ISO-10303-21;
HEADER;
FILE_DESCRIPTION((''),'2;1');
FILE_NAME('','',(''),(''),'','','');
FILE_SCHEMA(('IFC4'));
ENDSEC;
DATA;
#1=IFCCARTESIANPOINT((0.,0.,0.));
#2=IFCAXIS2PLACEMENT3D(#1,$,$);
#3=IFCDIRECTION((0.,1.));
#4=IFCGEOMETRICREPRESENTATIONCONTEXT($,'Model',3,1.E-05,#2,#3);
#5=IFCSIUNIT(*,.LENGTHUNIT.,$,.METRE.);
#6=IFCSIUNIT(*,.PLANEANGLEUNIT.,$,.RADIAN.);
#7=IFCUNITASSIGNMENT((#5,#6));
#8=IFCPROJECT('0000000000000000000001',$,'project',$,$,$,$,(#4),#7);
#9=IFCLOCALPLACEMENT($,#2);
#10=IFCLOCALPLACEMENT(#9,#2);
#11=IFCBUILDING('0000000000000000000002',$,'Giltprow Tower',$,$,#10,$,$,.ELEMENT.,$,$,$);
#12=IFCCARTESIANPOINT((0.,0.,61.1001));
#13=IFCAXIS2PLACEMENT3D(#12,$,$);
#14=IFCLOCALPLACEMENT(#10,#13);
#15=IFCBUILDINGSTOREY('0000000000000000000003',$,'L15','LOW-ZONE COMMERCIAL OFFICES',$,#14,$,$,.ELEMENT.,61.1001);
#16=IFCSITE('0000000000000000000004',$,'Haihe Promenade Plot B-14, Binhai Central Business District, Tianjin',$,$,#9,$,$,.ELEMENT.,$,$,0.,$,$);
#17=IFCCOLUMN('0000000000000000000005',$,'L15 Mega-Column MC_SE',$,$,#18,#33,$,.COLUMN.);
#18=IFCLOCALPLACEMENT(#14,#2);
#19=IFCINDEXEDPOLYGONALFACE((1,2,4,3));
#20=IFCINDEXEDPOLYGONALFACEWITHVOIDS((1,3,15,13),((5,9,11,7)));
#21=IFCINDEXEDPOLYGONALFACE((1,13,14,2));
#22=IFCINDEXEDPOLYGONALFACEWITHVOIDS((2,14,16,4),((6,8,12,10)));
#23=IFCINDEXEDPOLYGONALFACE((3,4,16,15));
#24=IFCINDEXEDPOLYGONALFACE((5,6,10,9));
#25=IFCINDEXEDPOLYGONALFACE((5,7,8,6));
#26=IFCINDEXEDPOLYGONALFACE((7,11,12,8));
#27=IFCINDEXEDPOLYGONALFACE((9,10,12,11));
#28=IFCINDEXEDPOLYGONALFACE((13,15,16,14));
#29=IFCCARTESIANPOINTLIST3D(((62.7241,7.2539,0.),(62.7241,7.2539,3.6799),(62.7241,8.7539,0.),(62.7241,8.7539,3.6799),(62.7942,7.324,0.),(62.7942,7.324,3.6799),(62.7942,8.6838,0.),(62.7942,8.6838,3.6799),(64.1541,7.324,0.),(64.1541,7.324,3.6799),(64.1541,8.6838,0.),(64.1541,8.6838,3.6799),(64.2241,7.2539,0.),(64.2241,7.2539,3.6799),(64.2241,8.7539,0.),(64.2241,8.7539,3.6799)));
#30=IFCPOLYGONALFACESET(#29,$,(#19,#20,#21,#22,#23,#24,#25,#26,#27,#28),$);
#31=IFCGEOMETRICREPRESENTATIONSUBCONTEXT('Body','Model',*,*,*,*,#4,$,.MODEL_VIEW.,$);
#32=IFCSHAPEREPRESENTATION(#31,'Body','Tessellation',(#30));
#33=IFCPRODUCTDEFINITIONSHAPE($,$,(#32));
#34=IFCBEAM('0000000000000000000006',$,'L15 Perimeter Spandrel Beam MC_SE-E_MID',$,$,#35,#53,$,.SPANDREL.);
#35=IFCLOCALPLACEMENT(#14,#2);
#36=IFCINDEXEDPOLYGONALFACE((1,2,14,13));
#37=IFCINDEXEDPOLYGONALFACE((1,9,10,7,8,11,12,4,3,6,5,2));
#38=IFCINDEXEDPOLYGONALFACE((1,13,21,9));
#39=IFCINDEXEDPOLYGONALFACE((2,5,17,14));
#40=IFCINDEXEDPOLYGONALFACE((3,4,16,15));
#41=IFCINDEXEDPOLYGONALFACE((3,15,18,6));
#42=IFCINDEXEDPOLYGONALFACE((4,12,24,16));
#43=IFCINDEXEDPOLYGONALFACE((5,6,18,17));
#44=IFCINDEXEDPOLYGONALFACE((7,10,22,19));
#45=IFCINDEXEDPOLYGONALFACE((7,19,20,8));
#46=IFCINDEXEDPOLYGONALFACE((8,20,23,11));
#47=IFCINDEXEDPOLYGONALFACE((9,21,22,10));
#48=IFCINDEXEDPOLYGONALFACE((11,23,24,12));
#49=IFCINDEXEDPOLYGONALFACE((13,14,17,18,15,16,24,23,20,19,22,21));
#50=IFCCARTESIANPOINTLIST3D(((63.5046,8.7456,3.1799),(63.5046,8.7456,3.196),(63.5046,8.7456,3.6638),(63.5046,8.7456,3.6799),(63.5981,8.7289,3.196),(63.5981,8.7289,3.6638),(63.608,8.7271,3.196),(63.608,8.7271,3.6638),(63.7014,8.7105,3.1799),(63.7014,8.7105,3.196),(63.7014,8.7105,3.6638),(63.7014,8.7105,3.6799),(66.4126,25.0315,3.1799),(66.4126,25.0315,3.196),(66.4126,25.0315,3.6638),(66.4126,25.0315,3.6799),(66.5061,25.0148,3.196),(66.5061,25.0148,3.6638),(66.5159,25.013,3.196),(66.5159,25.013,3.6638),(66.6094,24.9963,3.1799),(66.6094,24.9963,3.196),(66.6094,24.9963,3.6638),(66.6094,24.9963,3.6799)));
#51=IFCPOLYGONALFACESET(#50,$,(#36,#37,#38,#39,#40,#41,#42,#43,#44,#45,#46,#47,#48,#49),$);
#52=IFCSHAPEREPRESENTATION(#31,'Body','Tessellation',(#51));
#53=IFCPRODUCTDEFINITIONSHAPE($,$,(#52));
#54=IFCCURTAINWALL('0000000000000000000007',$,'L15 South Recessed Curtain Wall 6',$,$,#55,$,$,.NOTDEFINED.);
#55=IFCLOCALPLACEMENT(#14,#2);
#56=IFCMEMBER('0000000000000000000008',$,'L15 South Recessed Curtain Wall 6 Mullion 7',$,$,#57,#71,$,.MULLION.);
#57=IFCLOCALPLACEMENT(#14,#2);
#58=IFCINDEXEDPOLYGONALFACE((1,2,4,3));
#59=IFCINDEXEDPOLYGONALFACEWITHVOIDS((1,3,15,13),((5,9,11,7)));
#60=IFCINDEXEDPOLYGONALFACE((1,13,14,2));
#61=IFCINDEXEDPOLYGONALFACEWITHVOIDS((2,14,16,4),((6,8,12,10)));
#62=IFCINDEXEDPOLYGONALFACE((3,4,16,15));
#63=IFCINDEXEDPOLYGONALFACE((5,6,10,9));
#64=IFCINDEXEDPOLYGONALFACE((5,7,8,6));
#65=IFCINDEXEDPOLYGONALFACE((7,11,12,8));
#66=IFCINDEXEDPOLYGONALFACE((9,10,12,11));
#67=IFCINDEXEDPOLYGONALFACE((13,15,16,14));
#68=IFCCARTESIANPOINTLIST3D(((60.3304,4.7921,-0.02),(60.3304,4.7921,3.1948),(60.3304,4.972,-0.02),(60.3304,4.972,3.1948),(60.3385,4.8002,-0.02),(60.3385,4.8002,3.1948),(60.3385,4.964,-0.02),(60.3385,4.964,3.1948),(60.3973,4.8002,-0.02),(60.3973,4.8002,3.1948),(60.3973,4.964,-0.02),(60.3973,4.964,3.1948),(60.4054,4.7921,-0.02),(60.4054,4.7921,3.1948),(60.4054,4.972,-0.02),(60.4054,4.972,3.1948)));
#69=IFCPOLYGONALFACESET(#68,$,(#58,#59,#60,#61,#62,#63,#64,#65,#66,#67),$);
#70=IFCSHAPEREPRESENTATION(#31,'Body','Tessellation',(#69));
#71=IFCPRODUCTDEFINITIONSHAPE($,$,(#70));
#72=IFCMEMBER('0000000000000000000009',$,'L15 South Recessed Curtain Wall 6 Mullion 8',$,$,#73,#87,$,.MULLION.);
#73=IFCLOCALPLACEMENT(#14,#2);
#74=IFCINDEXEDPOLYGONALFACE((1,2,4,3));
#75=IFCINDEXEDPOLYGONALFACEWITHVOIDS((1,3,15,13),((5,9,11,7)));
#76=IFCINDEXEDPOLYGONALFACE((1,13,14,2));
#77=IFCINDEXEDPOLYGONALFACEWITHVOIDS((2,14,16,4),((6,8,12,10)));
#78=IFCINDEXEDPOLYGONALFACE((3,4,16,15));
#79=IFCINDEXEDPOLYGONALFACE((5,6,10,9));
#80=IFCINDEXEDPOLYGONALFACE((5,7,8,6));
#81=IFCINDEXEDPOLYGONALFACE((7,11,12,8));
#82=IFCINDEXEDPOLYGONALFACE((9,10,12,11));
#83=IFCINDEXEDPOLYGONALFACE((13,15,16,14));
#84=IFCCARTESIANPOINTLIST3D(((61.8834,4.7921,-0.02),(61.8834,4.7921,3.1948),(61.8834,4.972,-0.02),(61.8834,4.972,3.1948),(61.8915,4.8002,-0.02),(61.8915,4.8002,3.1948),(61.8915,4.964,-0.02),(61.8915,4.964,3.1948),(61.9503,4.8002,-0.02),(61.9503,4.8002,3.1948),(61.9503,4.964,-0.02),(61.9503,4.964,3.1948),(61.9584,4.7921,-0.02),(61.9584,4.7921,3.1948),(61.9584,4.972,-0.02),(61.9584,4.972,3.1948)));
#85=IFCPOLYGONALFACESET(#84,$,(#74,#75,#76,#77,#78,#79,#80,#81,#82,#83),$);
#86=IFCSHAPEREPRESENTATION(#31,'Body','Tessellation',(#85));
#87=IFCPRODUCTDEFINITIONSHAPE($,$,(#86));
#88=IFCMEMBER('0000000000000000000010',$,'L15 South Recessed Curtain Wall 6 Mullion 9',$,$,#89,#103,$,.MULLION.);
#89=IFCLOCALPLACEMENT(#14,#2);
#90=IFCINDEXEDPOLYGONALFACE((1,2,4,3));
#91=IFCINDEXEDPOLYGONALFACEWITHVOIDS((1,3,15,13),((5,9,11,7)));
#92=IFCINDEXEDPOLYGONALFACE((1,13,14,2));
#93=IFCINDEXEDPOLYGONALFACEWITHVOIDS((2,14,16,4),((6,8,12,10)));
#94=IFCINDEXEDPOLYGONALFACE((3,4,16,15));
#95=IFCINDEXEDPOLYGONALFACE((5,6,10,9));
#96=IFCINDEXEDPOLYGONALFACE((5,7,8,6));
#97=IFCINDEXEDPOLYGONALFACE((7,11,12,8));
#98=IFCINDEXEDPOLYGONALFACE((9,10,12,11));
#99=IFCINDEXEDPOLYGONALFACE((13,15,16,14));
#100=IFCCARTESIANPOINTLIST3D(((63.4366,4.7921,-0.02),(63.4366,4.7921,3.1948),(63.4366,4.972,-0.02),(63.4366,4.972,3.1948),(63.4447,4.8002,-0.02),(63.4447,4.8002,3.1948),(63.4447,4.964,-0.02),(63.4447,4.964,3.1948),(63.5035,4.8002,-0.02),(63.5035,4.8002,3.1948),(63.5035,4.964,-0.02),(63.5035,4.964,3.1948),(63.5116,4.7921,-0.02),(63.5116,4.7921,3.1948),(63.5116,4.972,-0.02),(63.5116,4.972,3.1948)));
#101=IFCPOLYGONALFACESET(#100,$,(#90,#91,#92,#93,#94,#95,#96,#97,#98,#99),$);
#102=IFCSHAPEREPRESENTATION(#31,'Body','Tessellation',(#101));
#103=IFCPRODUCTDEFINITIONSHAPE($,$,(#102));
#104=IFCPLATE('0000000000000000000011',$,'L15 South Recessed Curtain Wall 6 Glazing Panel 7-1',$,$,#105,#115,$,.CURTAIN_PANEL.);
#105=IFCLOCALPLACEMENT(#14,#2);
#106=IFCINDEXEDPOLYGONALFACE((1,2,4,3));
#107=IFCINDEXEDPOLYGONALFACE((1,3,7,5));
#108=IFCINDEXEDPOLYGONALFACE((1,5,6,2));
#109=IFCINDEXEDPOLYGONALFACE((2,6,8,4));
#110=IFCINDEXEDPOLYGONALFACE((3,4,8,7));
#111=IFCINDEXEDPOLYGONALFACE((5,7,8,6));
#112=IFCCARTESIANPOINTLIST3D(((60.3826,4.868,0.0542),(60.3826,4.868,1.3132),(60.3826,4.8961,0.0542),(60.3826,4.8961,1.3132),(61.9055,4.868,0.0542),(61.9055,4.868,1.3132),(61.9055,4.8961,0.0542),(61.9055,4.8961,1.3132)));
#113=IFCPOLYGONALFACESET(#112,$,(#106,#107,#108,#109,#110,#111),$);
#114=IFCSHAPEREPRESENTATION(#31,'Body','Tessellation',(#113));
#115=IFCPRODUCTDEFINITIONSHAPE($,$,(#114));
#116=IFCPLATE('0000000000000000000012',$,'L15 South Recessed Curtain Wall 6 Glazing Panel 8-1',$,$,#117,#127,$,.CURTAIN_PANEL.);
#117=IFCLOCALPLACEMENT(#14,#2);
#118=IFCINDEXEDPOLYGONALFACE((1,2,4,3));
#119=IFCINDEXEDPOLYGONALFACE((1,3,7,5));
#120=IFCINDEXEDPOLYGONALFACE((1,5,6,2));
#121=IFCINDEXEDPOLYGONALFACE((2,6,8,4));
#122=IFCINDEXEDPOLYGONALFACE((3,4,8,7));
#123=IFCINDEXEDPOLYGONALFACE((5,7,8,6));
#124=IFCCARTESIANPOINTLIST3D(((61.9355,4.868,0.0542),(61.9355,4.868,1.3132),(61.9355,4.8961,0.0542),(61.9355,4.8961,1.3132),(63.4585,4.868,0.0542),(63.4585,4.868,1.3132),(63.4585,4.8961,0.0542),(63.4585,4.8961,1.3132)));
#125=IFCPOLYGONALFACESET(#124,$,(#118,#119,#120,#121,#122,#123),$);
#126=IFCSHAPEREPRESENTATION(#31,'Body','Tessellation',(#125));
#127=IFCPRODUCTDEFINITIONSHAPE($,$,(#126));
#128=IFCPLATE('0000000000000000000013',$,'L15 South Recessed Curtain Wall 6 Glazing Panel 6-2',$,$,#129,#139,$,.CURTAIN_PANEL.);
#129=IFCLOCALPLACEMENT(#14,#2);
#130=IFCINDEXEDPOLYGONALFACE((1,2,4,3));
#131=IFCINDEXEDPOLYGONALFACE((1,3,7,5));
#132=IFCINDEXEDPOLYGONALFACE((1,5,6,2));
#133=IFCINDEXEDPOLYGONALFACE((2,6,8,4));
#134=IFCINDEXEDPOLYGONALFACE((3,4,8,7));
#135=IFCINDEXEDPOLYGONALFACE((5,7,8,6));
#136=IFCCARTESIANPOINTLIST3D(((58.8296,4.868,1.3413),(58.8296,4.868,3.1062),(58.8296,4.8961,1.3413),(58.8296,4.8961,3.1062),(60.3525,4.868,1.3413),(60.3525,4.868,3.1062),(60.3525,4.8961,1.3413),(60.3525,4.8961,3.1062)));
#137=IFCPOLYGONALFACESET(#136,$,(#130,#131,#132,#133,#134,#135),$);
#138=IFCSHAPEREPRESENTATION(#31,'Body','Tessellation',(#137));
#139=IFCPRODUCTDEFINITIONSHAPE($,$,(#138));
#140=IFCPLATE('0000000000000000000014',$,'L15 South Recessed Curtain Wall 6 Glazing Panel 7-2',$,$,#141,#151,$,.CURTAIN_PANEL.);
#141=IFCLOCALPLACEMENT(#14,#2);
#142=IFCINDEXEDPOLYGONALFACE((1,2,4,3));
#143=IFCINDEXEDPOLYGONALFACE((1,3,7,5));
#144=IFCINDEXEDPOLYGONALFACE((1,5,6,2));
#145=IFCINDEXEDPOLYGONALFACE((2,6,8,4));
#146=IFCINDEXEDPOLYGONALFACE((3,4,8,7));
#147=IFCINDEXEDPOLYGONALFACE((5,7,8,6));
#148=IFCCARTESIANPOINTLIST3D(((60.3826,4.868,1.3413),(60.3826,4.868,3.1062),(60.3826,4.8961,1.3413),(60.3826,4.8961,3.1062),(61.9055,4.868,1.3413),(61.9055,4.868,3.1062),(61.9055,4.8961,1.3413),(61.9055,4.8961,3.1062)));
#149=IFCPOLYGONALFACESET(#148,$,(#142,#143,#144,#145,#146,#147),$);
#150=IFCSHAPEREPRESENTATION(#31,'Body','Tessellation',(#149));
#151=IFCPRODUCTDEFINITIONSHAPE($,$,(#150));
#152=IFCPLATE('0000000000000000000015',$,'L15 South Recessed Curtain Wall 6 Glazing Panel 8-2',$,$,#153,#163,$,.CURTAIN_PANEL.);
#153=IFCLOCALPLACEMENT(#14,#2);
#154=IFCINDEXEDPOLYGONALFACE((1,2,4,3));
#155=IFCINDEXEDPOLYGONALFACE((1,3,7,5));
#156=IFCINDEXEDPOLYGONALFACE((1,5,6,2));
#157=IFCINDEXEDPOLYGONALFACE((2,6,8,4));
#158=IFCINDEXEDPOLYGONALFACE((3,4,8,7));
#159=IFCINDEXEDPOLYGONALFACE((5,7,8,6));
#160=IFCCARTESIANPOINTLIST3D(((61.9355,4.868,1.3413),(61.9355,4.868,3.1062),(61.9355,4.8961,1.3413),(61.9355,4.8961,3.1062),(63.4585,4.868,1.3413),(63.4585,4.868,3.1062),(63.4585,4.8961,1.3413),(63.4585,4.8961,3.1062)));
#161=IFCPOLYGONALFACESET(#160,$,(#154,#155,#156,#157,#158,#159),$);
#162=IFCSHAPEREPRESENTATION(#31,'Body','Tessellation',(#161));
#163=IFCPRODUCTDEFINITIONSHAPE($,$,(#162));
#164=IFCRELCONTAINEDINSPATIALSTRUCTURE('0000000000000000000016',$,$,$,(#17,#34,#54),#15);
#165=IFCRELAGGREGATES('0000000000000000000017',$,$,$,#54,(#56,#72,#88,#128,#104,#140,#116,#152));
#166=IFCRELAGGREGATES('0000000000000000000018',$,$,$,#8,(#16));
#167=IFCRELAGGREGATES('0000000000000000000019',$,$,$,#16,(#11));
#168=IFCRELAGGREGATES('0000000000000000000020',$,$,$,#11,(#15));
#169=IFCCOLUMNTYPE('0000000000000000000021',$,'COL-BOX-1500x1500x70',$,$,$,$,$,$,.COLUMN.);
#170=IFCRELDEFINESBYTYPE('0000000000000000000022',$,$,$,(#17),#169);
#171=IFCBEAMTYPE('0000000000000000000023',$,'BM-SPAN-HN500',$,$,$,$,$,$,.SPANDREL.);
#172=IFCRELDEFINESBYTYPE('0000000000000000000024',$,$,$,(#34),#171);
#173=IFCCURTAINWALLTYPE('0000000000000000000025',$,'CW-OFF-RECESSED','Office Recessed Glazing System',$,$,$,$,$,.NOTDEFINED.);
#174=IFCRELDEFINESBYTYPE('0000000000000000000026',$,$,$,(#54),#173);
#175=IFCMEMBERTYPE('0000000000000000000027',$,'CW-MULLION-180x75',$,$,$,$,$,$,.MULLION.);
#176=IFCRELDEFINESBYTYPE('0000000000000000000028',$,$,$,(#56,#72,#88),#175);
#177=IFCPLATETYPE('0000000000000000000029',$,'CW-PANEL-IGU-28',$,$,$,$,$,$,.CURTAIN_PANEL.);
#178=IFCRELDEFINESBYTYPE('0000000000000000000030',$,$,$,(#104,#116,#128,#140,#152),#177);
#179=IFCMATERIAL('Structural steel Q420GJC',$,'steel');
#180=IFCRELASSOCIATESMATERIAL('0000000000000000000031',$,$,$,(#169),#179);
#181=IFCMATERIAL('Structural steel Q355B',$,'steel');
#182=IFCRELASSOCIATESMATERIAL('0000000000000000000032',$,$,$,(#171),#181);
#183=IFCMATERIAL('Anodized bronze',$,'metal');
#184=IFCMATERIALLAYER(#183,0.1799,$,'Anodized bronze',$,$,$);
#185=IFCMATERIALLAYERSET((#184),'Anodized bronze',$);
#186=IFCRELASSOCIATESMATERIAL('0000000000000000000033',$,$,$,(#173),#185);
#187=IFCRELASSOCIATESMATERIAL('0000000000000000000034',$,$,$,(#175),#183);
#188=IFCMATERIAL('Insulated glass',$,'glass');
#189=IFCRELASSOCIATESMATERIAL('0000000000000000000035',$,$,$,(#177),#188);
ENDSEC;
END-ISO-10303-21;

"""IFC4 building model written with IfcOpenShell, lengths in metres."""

from ifc_helpers import new_model, si_unit, direction, frame, origin, origin_2d, place, context, subcontext, project, spatial, rectangle, hollow_rectangle, i_section, extrude, source, transform, mapped, material, layer, layer_set, material_profile, profile_set, type_object, element, aggregate, save


model = new_model("IFC4")

# Units and contexts
model_context = context("Model", 3, precision=1e-05, world=origin(), true_north=direction((0.0, 1.0)))
body_context = subcontext(model_context, "Body", "Model", "MODEL_VIEW")
ifc_project = project(units=[si_unit("LENGTHUNIT", "METRE"), si_unit("PLANEANGLEUNIT", "RADIAN")], contexts=[model_context])

# Site, building, storey
site_placement = place(None, origin())
site = spatial("IfcSite", under=ifc_project, at=site_placement, Name="Haihe Promenade Plot B-14, Binhai Central Business District, Tianjin", CompositionType="ELEMENT", RefElevation=0.0)
building_placement = place(site_placement, origin())
building = spatial("IfcBuilding", under=site, at=building_placement, Name="Giltprow Tower", CompositionType="ELEMENT")
storey_placement = place(building_placement, frame((0.0, 0.0, 61.1001)))
storey = spatial("IfcBuildingStorey", under=building, at=storey_placement, Name="L15", Description="LOW-ZONE COMMERCIAL OFFICES", CompositionType="ELEMENT", Elevation=61.1001)

# Column
ifc_material_1 = material(Name="Structural steel Q420GJC", Category="steel")
ifc_material_profile_1 = material_profile(ifc_material_1, hollow_rectangle(XDim=1.5, YDim=1.5, WallThickness=0.0701, at=origin_2d()), Name="BOX 1500x1500x70")
ifc_profile_set_1 = profile_set([ifc_material_profile_1], Name="Structural steel Q420GJC")
column_type = type_object("IfcColumnType", Name="COL-BOX-1500x1500x70", PredefinedType="COLUMN", material=ifc_profile_set_1)
shared_shape_1 = source(origin(), body_context, "Body", "SweptSolid", [
    extrude(hollow_rectangle(XDim=1.5, YDim=1.5, WallThickness=0.0701, at=origin_2d()), origin(), (0.0, 0.0, 1.0), 3.6799),
])
column_placement = place(storey_placement, frame((63.4741, 8.0039, 0.0), z_axis=(0.0, 0.0, 1.0), x_axis=(1.0, 0.0, 0.0)))
element("IfcColumn", 1, at=column_placement, inside=storey, type_object=column_type, Name="L15 Mega-Column MC_SE", PredefinedType="COLUMN", context=body_context, shape_type="MappedRepresentation", body=[
    mapped(shared_shape_1, transform((0.0, 0.0, 0.0), x_axis=(1.0, 0.0, 0.0), y_axis=(0.0, 1.0, 0.0), z_axis=(0.0, 0.0, 1.0), scale=1.0)),
])

# Beam
ifc_material_2 = material(Name="Structural steel Q355B", Category="steel")
ifc_material_profile_2 = material_profile(ifc_material_2, i_section(OverallWidth=0.2, OverallDepth=0.5, WebThickness=0.01, FlangeThickness=0.0161, at=origin_2d()), Name="HN 500x200x10x16")
ifc_profile_set_2 = profile_set([ifc_material_profile_2], Name="Structural steel Q355B")
beam_type = type_object("IfcBeamType", Name="BM-SPAN-HN500", PredefinedType="SPANDREL", material=ifc_profile_set_2)
shared_shape_2 = source(origin(), body_context, "Body", "SweptSolid", [
    extrude(i_section(OverallWidth=0.2, OverallDepth=0.5, WebThickness=0.01, FlangeThickness=0.0161, at=origin_2d()), origin(), (0.0, 0.0, 1.0), 16.5435),
])
beam_placement = place(storey_placement, frame((63.603, 8.728, 3.4299), z_axis=(0.175777, 0.98443, 0.0), x_axis=(-0.98443, 0.175777, 0.0)))
element("IfcBeam", 2, at=beam_placement, inside=storey, type_object=beam_type, Name="L15 Perimeter Spandrel Beam MC_SE-E_MID", PredefinedType="SPANDREL", context=body_context, shape_type="MappedRepresentation", body=[
    mapped(shared_shape_2, transform((0.0, 0.0, 0.0), x_axis=(1.0, 0.0, 0.0), y_axis=(0.0, 1.0, 0.0), z_axis=(0.0, 0.0, 1.0), scale=1.0)),
])

# Curtain wall, members, plates
ifc_material_3 = material(Name="Anodized bronze", Category="metal")
ifc_layer_1 = layer(ifc_material_3, 0.1799, Name="Anodized bronze")
ifc_layer_set_1 = layer_set([ifc_layer_1], Name="Anodized bronze")
curtain_wall_type = type_object("IfcCurtainWallType", Name="CW-OFF-RECESSED", Description="Office Recessed Glazing System", PredefinedType="NOTDEFINED", material=ifc_layer_set_1)
curtain_wall_placement = place(storey_placement, origin())
curtain_wall = element("IfcCurtainWall", 3, at=curtain_wall_placement, inside=storey, type_object=curtain_wall_type, Name="L15 South Recessed Curtain Wall 6", PredefinedType="NOTDEFINED")
ifc_material_profile_3 = material_profile(ifc_material_3, hollow_rectangle(XDim=0.075, YDim=0.1799, WallThickness=0.0081, at=origin_2d()), Name="RHS 180x75x8")
ifc_profile_set_3 = profile_set([ifc_material_profile_3], Name="Anodized bronze")
member_type = type_object("IfcMemberType", Name="CW-MULLION-180x75", PredefinedType="MULLION", material=ifc_profile_set_3)
shared_shape_3 = source(origin(), body_context, "Body", "SweptSolid", [
    extrude(hollow_rectangle(XDim=0.075, YDim=0.1799, WallThickness=0.0081, at=origin_2d()), origin(), (0.0, 0.0, 1.0), 3.2148),
])
member_1_placement = place(storey_placement, frame((60.3679, 4.8821, -0.02), z_axis=(0.0, 0.0, 1.0), x_axis=(1.0, 0.0, 0.0)))
member_1 = element("IfcMember", 4, at=member_1_placement, type_object=member_type, Name="L15 South Recessed Curtain Wall 6 Mullion 7", PredefinedType="MULLION", context=body_context, shape_type="MappedRepresentation", body=[
    mapped(shared_shape_3, transform((0.0, 0.0, 0.0), x_axis=(1.0, 0.0, 0.0), y_axis=(0.0, 1.0, 0.0), z_axis=(0.0, 0.0, 1.0), scale=1.0)),
])
member_2_placement = place(storey_placement, frame((61.9209, 4.8821, -0.02), z_axis=(0.0, 0.0, 1.0), x_axis=(1.0, 0.0, 0.0)))
member_2 = element("IfcMember", 5, at=member_2_placement, type_object=member_type, Name="L15 South Recessed Curtain Wall 6 Mullion 8", PredefinedType="MULLION", context=body_context, shape_type="MappedRepresentation", body=[
    mapped(shared_shape_3, transform((0.0, 0.0, 0.0), x_axis=(1.0, 0.0, 0.0), y_axis=(0.0, 1.0, 0.0), z_axis=(0.0, 0.0, 1.0), scale=1.0)),
])
member_3_placement = place(storey_placement, frame((63.4741, 4.8821, -0.02), z_axis=(0.0, 0.0, 1.0), x_axis=(1.0, 0.0, 0.0)))
member_3 = element("IfcMember", 6, at=member_3_placement, type_object=member_type, Name="L15 South Recessed Curtain Wall 6 Mullion 9", PredefinedType="MULLION", context=body_context, shape_type="MappedRepresentation", body=[
    mapped(shared_shape_3, transform((0.0, 0.0, 0.0), x_axis=(1.0, 0.0, 0.0), y_axis=(0.0, 1.0, 0.0), z_axis=(0.0, 0.0, 1.0), scale=1.0)),
])
ifc_material_4 = material(Name="Insulated glass", Category="glass")
plate_type = type_object("IfcPlateType", Name="CW-PANEL-IGU-28", PredefinedType="CURTAIN_PANEL", material=ifc_material_4)
shared_shape_4 = source(origin(), body_context, "Body", "SweptSolid", [
    extrude(rectangle(XDim=1.5229, YDim=0.0281, at=origin_2d()), origin(), (0.0, 0.0, 1.0), 1.259),
])
plate_1_placement = place(storey_placement, frame((61.144, 4.8821, 0.0542), z_axis=(0.0, 0.0, 1.0), x_axis=(1.0, 0.0, 0.0)))
plate_1 = element("IfcPlate", 7, at=plate_1_placement, type_object=plate_type, Name="L15 South Recessed Curtain Wall 6 Glazing Panel 7-1", PredefinedType="CURTAIN_PANEL", context=body_context, shape_type="MappedRepresentation", body=[
    mapped(shared_shape_4, transform((0.0, 0.0, 0.0), x_axis=(1.0, 0.0, 0.0), y_axis=(0.0, 1.0, 0.0), z_axis=(0.0, 0.0, 1.0), scale=1.0)),
])
plate_2_placement = place(storey_placement, frame((62.697, 4.8821, 0.0542), z_axis=(0.0, 0.0, 1.0), x_axis=(1.0, 0.0, 0.0)))
plate_2 = element("IfcPlate", 8, at=plate_2_placement, type_object=plate_type, Name="L15 South Recessed Curtain Wall 6 Glazing Panel 8-1", PredefinedType="CURTAIN_PANEL", context=body_context, shape_type="MappedRepresentation", body=[
    mapped(shared_shape_4, transform((0.0, 0.0, 0.0), x_axis=(1.0, 0.0, 0.0), y_axis=(0.0, 1.0, 0.0), z_axis=(0.0, 0.0, 1.0), scale=1.0)),
])
shared_shape_5 = source(origin(), body_context, "Body", "SweptSolid", [
    extrude(rectangle(XDim=1.5229, YDim=0.0281, at=origin_2d()), origin(), (0.0, 0.0, 1.0), 1.7649),
])
plate_3_placement = place(storey_placement, frame((59.5911, 4.8821, 1.3413), z_axis=(0.0, 0.0, 1.0), x_axis=(1.0, 0.0, 0.0)))
plate_3 = element("IfcPlate", 9, at=plate_3_placement, type_object=plate_type, Name="L15 South Recessed Curtain Wall 6 Glazing Panel 6-2", PredefinedType="CURTAIN_PANEL", context=body_context, shape_type="MappedRepresentation", body=[
    mapped(shared_shape_5, transform((0.0, 0.0, 0.0), x_axis=(1.0, 0.0, 0.0), y_axis=(0.0, 1.0, 0.0), z_axis=(0.0, 0.0, 1.0), scale=1.0)),
])
plate_4_placement = place(storey_placement, frame((61.144, 4.8821, 1.3413), z_axis=(0.0, 0.0, 1.0), x_axis=(1.0, 0.0, 0.0)))
plate_4 = element("IfcPlate", 10, at=plate_4_placement, type_object=plate_type, Name="L15 South Recessed Curtain Wall 6 Glazing Panel 7-2", PredefinedType="CURTAIN_PANEL", context=body_context, shape_type="MappedRepresentation", body=[
    mapped(shared_shape_5, transform((0.0, 0.0, 0.0), x_axis=(1.0, 0.0, 0.0), y_axis=(0.0, 1.0, 0.0), z_axis=(0.0, 0.0, 1.0), scale=1.0)),
])
plate_5_placement = place(storey_placement, frame((62.697, 4.8821, 1.3413), z_axis=(0.0, 0.0, 1.0), x_axis=(1.0, 0.0, 0.0)))
plate_5 = element("IfcPlate", 11, at=plate_5_placement, type_object=plate_type, Name="L15 South Recessed Curtain Wall 6 Glazing Panel 8-2", PredefinedType="CURTAIN_PANEL", context=body_context, shape_type="MappedRepresentation", body=[
    mapped(shared_shape_5, transform((0.0, 0.0, 0.0), x_axis=(1.0, 0.0, 0.0), y_axis=(0.0, 1.0, 0.0), z_axis=(0.0, 0.0, 1.0), scale=1.0)),
])
aggregate(curtain_wall, [member_1, member_2, member_3, plate_3, plate_1, plate_4, plate_2, plate_5])

save(model, "model.ifc")
